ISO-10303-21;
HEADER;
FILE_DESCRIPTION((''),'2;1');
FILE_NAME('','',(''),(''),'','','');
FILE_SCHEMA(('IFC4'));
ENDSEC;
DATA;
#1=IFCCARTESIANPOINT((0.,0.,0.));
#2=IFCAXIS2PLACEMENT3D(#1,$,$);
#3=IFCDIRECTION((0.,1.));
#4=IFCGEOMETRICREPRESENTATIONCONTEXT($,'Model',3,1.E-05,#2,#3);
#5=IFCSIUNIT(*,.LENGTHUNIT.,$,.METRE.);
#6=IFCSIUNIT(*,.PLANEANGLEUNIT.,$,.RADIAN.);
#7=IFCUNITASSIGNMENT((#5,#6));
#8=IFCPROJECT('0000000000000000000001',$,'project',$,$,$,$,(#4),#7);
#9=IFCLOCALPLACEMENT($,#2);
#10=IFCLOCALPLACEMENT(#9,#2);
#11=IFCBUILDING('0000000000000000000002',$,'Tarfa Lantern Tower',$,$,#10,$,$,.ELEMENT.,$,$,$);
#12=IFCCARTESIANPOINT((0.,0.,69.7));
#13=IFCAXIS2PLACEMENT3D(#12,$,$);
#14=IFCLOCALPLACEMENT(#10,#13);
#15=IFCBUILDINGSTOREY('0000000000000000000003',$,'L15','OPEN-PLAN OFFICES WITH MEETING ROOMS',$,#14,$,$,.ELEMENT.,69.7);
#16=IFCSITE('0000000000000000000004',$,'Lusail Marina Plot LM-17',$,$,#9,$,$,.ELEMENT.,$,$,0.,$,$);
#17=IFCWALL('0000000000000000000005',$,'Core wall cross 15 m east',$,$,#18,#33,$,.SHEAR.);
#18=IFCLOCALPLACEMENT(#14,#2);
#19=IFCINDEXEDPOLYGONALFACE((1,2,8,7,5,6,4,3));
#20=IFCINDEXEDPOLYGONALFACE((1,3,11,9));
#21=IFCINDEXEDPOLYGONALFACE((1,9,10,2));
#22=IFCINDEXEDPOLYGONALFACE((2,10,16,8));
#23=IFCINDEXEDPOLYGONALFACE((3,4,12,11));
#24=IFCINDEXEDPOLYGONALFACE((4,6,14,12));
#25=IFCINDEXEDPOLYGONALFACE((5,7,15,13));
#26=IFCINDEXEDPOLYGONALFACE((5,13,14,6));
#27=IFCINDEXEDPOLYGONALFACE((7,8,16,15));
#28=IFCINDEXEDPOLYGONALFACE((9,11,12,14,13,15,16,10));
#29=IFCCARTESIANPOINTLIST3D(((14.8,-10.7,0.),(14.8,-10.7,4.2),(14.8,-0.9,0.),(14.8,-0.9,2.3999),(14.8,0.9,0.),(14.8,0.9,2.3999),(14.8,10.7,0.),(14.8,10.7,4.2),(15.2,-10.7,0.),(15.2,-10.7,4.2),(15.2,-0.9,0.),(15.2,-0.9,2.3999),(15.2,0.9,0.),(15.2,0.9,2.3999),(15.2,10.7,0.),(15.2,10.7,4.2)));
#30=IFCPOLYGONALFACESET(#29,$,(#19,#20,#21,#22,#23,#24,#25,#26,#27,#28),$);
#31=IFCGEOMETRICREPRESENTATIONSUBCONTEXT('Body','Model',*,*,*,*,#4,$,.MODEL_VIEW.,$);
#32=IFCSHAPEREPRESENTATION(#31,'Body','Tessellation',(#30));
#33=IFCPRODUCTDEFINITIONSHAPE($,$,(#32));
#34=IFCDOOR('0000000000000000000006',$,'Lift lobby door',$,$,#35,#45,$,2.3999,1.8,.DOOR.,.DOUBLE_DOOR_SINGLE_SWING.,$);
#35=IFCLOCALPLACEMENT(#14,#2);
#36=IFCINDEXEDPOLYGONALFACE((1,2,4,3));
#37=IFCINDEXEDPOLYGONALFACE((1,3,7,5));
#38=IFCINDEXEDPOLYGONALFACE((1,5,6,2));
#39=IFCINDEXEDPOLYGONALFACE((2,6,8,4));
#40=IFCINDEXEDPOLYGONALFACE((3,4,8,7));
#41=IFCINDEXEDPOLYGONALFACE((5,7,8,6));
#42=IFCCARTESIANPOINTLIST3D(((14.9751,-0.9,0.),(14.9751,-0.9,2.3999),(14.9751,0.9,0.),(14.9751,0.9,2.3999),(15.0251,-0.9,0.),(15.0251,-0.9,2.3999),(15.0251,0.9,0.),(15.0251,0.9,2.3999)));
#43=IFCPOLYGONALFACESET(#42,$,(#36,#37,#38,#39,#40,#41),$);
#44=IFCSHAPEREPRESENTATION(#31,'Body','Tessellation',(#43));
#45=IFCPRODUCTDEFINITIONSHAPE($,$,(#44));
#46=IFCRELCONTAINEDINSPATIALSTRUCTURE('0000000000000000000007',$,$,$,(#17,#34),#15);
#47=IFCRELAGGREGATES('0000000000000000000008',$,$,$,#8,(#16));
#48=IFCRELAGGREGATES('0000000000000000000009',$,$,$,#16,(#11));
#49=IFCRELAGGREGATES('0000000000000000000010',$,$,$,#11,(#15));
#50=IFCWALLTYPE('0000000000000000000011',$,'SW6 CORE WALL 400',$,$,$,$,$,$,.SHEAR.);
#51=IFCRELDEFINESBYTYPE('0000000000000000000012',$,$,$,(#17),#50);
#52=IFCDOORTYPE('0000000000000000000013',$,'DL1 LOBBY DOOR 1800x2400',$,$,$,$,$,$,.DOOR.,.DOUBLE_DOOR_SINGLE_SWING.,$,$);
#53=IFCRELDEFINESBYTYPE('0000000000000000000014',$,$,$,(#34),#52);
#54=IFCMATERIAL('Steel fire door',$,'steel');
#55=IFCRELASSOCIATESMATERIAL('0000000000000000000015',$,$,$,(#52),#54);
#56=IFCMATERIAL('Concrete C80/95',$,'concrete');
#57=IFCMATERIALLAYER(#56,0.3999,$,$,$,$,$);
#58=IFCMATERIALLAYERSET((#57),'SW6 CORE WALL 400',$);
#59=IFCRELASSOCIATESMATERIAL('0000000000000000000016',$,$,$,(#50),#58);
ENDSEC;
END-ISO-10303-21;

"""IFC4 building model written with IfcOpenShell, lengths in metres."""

from ifc_helpers import new_model, si_unit, direction, frame, frame_2d, origin, place, context, subcontext, project, spatial, rectangle, extrude, material, layer, layer_set, type_object, element, fill, save


model = new_model("IFC4")

# Units and contexts
model_context = context("Model", 3, precision=1e-05, world=origin(), true_north=direction((0.0, 1.0)))
body_context = subcontext(model_context, "Body", "Model", "MODEL_VIEW")
ifc_project = project(units=[si_unit("LENGTHUNIT", "METRE"), si_unit("PLANEANGLEUNIT", "RADIAN")], contexts=[model_context])

# Site, building, storey
site_placement = place(None, origin())
site = spatial("IfcSite", under=ifc_project, at=site_placement, Name="Lusail Marina Plot LM-17", CompositionType="ELEMENT", RefElevation=0.0)
building_placement = place(site_placement, origin())
building = spatial("IfcBuilding", under=site, at=building_placement, Name="Tarfa Lantern Tower", CompositionType="ELEMENT")
storey_placement = place(building_placement, frame((0.0, 0.0, 69.7)))
storey = spatial("IfcBuildingStorey", under=building, at=storey_placement, Name="L15", Description="OPEN-PLAN OFFICES WITH MEETING ROOMS", CompositionType="ELEMENT", Elevation=69.7)

# Shared definitions
ifc_material_1 = material(Name="Concrete C80/95", Category="concrete")
ifc_material_2 = material(Name="Steel fire door", Category="steel")
door_type_1 = type_object("IfcDoorType", Name="DL1 LOBBY DOOR 1800x2400", OperationType="DOUBLE_DOOR_SINGLE_SWING", PredefinedType="DOOR", material=ifc_material_2)

# Wall, opening, door
ifc_layer_1 = layer(ifc_material_1, 0.3999)
ifc_layer_set_1 = layer_set([ifc_layer_1], Name="SW6 CORE WALL 400")
wall_type_1 = type_object("IfcWallType", Name="SW6 CORE WALL 400", PredefinedType="SHEAR", material=ifc_layer_set_1)
wall_1_placement = place(storey_placement, frame((15.0, -10.7, 0.0), z_axis=(0.0, 0.0, 1.0), x_axis=(0.0, 1.0, 0.0)))
wall_1 = element("IfcWall", 1, at=wall_1_placement, inside=storey, type_object=wall_type_1, Name="Core wall cross 15 m east", PredefinedType="SHEAR", context=body_context, shape_type="SweptSolid", body=[
    extrude(rectangle(XDim=21.3999, YDim=0.3999, at=frame_2d((10.7, 0.0))), origin(), (0.0, 0.0, 1.0), 4.2),
])
opening_1_placement = place(wall_1_placement, frame((9.8, 0.0, 0.0)))
opening_1 = element("IfcOpeningElement", 2, at=opening_1_placement, cuts=wall_1, PredefinedType="OPENING", context=body_context, shape_type="SweptSolid", body=[
    extrude(rectangle(XDim=1.8, YDim=2.3999, at=frame_2d((0.8999, 1.2))), frame((0.0, 0.21, 0.0), z_axis=(0.0, -1.0, 0.0), x_axis=(1.0, 0.0, 0.0)), (0.0, 0.0, 1.0), 0.4199),
])
door_1_placement = place(opening_1_placement, origin())
door_1 = element("IfcDoor", 3, at=door_1_placement, inside=storey, type_object=door_type_1, Name="Lift lobby door", OperationType="DOUBLE_DOOR_SINGLE_SWING", OverallHeight=2.3999, OverallWidth=1.8, PredefinedType="DOOR", context=body_context, shape_type="SweptSolid", body=[
    extrude(rectangle(XDim=1.8, YDim=2.3999, at=frame_2d((0.8999, 1.2))), frame((0.0, 0.0249, 0.0), z_axis=(0.0, -1.0, 0.0), x_axis=(1.0, 0.0, 0.0)), (0.0, 0.0, 1.0), 0.05),
])
fill(opening_1, door_1)

save(model, "model.ifc")
